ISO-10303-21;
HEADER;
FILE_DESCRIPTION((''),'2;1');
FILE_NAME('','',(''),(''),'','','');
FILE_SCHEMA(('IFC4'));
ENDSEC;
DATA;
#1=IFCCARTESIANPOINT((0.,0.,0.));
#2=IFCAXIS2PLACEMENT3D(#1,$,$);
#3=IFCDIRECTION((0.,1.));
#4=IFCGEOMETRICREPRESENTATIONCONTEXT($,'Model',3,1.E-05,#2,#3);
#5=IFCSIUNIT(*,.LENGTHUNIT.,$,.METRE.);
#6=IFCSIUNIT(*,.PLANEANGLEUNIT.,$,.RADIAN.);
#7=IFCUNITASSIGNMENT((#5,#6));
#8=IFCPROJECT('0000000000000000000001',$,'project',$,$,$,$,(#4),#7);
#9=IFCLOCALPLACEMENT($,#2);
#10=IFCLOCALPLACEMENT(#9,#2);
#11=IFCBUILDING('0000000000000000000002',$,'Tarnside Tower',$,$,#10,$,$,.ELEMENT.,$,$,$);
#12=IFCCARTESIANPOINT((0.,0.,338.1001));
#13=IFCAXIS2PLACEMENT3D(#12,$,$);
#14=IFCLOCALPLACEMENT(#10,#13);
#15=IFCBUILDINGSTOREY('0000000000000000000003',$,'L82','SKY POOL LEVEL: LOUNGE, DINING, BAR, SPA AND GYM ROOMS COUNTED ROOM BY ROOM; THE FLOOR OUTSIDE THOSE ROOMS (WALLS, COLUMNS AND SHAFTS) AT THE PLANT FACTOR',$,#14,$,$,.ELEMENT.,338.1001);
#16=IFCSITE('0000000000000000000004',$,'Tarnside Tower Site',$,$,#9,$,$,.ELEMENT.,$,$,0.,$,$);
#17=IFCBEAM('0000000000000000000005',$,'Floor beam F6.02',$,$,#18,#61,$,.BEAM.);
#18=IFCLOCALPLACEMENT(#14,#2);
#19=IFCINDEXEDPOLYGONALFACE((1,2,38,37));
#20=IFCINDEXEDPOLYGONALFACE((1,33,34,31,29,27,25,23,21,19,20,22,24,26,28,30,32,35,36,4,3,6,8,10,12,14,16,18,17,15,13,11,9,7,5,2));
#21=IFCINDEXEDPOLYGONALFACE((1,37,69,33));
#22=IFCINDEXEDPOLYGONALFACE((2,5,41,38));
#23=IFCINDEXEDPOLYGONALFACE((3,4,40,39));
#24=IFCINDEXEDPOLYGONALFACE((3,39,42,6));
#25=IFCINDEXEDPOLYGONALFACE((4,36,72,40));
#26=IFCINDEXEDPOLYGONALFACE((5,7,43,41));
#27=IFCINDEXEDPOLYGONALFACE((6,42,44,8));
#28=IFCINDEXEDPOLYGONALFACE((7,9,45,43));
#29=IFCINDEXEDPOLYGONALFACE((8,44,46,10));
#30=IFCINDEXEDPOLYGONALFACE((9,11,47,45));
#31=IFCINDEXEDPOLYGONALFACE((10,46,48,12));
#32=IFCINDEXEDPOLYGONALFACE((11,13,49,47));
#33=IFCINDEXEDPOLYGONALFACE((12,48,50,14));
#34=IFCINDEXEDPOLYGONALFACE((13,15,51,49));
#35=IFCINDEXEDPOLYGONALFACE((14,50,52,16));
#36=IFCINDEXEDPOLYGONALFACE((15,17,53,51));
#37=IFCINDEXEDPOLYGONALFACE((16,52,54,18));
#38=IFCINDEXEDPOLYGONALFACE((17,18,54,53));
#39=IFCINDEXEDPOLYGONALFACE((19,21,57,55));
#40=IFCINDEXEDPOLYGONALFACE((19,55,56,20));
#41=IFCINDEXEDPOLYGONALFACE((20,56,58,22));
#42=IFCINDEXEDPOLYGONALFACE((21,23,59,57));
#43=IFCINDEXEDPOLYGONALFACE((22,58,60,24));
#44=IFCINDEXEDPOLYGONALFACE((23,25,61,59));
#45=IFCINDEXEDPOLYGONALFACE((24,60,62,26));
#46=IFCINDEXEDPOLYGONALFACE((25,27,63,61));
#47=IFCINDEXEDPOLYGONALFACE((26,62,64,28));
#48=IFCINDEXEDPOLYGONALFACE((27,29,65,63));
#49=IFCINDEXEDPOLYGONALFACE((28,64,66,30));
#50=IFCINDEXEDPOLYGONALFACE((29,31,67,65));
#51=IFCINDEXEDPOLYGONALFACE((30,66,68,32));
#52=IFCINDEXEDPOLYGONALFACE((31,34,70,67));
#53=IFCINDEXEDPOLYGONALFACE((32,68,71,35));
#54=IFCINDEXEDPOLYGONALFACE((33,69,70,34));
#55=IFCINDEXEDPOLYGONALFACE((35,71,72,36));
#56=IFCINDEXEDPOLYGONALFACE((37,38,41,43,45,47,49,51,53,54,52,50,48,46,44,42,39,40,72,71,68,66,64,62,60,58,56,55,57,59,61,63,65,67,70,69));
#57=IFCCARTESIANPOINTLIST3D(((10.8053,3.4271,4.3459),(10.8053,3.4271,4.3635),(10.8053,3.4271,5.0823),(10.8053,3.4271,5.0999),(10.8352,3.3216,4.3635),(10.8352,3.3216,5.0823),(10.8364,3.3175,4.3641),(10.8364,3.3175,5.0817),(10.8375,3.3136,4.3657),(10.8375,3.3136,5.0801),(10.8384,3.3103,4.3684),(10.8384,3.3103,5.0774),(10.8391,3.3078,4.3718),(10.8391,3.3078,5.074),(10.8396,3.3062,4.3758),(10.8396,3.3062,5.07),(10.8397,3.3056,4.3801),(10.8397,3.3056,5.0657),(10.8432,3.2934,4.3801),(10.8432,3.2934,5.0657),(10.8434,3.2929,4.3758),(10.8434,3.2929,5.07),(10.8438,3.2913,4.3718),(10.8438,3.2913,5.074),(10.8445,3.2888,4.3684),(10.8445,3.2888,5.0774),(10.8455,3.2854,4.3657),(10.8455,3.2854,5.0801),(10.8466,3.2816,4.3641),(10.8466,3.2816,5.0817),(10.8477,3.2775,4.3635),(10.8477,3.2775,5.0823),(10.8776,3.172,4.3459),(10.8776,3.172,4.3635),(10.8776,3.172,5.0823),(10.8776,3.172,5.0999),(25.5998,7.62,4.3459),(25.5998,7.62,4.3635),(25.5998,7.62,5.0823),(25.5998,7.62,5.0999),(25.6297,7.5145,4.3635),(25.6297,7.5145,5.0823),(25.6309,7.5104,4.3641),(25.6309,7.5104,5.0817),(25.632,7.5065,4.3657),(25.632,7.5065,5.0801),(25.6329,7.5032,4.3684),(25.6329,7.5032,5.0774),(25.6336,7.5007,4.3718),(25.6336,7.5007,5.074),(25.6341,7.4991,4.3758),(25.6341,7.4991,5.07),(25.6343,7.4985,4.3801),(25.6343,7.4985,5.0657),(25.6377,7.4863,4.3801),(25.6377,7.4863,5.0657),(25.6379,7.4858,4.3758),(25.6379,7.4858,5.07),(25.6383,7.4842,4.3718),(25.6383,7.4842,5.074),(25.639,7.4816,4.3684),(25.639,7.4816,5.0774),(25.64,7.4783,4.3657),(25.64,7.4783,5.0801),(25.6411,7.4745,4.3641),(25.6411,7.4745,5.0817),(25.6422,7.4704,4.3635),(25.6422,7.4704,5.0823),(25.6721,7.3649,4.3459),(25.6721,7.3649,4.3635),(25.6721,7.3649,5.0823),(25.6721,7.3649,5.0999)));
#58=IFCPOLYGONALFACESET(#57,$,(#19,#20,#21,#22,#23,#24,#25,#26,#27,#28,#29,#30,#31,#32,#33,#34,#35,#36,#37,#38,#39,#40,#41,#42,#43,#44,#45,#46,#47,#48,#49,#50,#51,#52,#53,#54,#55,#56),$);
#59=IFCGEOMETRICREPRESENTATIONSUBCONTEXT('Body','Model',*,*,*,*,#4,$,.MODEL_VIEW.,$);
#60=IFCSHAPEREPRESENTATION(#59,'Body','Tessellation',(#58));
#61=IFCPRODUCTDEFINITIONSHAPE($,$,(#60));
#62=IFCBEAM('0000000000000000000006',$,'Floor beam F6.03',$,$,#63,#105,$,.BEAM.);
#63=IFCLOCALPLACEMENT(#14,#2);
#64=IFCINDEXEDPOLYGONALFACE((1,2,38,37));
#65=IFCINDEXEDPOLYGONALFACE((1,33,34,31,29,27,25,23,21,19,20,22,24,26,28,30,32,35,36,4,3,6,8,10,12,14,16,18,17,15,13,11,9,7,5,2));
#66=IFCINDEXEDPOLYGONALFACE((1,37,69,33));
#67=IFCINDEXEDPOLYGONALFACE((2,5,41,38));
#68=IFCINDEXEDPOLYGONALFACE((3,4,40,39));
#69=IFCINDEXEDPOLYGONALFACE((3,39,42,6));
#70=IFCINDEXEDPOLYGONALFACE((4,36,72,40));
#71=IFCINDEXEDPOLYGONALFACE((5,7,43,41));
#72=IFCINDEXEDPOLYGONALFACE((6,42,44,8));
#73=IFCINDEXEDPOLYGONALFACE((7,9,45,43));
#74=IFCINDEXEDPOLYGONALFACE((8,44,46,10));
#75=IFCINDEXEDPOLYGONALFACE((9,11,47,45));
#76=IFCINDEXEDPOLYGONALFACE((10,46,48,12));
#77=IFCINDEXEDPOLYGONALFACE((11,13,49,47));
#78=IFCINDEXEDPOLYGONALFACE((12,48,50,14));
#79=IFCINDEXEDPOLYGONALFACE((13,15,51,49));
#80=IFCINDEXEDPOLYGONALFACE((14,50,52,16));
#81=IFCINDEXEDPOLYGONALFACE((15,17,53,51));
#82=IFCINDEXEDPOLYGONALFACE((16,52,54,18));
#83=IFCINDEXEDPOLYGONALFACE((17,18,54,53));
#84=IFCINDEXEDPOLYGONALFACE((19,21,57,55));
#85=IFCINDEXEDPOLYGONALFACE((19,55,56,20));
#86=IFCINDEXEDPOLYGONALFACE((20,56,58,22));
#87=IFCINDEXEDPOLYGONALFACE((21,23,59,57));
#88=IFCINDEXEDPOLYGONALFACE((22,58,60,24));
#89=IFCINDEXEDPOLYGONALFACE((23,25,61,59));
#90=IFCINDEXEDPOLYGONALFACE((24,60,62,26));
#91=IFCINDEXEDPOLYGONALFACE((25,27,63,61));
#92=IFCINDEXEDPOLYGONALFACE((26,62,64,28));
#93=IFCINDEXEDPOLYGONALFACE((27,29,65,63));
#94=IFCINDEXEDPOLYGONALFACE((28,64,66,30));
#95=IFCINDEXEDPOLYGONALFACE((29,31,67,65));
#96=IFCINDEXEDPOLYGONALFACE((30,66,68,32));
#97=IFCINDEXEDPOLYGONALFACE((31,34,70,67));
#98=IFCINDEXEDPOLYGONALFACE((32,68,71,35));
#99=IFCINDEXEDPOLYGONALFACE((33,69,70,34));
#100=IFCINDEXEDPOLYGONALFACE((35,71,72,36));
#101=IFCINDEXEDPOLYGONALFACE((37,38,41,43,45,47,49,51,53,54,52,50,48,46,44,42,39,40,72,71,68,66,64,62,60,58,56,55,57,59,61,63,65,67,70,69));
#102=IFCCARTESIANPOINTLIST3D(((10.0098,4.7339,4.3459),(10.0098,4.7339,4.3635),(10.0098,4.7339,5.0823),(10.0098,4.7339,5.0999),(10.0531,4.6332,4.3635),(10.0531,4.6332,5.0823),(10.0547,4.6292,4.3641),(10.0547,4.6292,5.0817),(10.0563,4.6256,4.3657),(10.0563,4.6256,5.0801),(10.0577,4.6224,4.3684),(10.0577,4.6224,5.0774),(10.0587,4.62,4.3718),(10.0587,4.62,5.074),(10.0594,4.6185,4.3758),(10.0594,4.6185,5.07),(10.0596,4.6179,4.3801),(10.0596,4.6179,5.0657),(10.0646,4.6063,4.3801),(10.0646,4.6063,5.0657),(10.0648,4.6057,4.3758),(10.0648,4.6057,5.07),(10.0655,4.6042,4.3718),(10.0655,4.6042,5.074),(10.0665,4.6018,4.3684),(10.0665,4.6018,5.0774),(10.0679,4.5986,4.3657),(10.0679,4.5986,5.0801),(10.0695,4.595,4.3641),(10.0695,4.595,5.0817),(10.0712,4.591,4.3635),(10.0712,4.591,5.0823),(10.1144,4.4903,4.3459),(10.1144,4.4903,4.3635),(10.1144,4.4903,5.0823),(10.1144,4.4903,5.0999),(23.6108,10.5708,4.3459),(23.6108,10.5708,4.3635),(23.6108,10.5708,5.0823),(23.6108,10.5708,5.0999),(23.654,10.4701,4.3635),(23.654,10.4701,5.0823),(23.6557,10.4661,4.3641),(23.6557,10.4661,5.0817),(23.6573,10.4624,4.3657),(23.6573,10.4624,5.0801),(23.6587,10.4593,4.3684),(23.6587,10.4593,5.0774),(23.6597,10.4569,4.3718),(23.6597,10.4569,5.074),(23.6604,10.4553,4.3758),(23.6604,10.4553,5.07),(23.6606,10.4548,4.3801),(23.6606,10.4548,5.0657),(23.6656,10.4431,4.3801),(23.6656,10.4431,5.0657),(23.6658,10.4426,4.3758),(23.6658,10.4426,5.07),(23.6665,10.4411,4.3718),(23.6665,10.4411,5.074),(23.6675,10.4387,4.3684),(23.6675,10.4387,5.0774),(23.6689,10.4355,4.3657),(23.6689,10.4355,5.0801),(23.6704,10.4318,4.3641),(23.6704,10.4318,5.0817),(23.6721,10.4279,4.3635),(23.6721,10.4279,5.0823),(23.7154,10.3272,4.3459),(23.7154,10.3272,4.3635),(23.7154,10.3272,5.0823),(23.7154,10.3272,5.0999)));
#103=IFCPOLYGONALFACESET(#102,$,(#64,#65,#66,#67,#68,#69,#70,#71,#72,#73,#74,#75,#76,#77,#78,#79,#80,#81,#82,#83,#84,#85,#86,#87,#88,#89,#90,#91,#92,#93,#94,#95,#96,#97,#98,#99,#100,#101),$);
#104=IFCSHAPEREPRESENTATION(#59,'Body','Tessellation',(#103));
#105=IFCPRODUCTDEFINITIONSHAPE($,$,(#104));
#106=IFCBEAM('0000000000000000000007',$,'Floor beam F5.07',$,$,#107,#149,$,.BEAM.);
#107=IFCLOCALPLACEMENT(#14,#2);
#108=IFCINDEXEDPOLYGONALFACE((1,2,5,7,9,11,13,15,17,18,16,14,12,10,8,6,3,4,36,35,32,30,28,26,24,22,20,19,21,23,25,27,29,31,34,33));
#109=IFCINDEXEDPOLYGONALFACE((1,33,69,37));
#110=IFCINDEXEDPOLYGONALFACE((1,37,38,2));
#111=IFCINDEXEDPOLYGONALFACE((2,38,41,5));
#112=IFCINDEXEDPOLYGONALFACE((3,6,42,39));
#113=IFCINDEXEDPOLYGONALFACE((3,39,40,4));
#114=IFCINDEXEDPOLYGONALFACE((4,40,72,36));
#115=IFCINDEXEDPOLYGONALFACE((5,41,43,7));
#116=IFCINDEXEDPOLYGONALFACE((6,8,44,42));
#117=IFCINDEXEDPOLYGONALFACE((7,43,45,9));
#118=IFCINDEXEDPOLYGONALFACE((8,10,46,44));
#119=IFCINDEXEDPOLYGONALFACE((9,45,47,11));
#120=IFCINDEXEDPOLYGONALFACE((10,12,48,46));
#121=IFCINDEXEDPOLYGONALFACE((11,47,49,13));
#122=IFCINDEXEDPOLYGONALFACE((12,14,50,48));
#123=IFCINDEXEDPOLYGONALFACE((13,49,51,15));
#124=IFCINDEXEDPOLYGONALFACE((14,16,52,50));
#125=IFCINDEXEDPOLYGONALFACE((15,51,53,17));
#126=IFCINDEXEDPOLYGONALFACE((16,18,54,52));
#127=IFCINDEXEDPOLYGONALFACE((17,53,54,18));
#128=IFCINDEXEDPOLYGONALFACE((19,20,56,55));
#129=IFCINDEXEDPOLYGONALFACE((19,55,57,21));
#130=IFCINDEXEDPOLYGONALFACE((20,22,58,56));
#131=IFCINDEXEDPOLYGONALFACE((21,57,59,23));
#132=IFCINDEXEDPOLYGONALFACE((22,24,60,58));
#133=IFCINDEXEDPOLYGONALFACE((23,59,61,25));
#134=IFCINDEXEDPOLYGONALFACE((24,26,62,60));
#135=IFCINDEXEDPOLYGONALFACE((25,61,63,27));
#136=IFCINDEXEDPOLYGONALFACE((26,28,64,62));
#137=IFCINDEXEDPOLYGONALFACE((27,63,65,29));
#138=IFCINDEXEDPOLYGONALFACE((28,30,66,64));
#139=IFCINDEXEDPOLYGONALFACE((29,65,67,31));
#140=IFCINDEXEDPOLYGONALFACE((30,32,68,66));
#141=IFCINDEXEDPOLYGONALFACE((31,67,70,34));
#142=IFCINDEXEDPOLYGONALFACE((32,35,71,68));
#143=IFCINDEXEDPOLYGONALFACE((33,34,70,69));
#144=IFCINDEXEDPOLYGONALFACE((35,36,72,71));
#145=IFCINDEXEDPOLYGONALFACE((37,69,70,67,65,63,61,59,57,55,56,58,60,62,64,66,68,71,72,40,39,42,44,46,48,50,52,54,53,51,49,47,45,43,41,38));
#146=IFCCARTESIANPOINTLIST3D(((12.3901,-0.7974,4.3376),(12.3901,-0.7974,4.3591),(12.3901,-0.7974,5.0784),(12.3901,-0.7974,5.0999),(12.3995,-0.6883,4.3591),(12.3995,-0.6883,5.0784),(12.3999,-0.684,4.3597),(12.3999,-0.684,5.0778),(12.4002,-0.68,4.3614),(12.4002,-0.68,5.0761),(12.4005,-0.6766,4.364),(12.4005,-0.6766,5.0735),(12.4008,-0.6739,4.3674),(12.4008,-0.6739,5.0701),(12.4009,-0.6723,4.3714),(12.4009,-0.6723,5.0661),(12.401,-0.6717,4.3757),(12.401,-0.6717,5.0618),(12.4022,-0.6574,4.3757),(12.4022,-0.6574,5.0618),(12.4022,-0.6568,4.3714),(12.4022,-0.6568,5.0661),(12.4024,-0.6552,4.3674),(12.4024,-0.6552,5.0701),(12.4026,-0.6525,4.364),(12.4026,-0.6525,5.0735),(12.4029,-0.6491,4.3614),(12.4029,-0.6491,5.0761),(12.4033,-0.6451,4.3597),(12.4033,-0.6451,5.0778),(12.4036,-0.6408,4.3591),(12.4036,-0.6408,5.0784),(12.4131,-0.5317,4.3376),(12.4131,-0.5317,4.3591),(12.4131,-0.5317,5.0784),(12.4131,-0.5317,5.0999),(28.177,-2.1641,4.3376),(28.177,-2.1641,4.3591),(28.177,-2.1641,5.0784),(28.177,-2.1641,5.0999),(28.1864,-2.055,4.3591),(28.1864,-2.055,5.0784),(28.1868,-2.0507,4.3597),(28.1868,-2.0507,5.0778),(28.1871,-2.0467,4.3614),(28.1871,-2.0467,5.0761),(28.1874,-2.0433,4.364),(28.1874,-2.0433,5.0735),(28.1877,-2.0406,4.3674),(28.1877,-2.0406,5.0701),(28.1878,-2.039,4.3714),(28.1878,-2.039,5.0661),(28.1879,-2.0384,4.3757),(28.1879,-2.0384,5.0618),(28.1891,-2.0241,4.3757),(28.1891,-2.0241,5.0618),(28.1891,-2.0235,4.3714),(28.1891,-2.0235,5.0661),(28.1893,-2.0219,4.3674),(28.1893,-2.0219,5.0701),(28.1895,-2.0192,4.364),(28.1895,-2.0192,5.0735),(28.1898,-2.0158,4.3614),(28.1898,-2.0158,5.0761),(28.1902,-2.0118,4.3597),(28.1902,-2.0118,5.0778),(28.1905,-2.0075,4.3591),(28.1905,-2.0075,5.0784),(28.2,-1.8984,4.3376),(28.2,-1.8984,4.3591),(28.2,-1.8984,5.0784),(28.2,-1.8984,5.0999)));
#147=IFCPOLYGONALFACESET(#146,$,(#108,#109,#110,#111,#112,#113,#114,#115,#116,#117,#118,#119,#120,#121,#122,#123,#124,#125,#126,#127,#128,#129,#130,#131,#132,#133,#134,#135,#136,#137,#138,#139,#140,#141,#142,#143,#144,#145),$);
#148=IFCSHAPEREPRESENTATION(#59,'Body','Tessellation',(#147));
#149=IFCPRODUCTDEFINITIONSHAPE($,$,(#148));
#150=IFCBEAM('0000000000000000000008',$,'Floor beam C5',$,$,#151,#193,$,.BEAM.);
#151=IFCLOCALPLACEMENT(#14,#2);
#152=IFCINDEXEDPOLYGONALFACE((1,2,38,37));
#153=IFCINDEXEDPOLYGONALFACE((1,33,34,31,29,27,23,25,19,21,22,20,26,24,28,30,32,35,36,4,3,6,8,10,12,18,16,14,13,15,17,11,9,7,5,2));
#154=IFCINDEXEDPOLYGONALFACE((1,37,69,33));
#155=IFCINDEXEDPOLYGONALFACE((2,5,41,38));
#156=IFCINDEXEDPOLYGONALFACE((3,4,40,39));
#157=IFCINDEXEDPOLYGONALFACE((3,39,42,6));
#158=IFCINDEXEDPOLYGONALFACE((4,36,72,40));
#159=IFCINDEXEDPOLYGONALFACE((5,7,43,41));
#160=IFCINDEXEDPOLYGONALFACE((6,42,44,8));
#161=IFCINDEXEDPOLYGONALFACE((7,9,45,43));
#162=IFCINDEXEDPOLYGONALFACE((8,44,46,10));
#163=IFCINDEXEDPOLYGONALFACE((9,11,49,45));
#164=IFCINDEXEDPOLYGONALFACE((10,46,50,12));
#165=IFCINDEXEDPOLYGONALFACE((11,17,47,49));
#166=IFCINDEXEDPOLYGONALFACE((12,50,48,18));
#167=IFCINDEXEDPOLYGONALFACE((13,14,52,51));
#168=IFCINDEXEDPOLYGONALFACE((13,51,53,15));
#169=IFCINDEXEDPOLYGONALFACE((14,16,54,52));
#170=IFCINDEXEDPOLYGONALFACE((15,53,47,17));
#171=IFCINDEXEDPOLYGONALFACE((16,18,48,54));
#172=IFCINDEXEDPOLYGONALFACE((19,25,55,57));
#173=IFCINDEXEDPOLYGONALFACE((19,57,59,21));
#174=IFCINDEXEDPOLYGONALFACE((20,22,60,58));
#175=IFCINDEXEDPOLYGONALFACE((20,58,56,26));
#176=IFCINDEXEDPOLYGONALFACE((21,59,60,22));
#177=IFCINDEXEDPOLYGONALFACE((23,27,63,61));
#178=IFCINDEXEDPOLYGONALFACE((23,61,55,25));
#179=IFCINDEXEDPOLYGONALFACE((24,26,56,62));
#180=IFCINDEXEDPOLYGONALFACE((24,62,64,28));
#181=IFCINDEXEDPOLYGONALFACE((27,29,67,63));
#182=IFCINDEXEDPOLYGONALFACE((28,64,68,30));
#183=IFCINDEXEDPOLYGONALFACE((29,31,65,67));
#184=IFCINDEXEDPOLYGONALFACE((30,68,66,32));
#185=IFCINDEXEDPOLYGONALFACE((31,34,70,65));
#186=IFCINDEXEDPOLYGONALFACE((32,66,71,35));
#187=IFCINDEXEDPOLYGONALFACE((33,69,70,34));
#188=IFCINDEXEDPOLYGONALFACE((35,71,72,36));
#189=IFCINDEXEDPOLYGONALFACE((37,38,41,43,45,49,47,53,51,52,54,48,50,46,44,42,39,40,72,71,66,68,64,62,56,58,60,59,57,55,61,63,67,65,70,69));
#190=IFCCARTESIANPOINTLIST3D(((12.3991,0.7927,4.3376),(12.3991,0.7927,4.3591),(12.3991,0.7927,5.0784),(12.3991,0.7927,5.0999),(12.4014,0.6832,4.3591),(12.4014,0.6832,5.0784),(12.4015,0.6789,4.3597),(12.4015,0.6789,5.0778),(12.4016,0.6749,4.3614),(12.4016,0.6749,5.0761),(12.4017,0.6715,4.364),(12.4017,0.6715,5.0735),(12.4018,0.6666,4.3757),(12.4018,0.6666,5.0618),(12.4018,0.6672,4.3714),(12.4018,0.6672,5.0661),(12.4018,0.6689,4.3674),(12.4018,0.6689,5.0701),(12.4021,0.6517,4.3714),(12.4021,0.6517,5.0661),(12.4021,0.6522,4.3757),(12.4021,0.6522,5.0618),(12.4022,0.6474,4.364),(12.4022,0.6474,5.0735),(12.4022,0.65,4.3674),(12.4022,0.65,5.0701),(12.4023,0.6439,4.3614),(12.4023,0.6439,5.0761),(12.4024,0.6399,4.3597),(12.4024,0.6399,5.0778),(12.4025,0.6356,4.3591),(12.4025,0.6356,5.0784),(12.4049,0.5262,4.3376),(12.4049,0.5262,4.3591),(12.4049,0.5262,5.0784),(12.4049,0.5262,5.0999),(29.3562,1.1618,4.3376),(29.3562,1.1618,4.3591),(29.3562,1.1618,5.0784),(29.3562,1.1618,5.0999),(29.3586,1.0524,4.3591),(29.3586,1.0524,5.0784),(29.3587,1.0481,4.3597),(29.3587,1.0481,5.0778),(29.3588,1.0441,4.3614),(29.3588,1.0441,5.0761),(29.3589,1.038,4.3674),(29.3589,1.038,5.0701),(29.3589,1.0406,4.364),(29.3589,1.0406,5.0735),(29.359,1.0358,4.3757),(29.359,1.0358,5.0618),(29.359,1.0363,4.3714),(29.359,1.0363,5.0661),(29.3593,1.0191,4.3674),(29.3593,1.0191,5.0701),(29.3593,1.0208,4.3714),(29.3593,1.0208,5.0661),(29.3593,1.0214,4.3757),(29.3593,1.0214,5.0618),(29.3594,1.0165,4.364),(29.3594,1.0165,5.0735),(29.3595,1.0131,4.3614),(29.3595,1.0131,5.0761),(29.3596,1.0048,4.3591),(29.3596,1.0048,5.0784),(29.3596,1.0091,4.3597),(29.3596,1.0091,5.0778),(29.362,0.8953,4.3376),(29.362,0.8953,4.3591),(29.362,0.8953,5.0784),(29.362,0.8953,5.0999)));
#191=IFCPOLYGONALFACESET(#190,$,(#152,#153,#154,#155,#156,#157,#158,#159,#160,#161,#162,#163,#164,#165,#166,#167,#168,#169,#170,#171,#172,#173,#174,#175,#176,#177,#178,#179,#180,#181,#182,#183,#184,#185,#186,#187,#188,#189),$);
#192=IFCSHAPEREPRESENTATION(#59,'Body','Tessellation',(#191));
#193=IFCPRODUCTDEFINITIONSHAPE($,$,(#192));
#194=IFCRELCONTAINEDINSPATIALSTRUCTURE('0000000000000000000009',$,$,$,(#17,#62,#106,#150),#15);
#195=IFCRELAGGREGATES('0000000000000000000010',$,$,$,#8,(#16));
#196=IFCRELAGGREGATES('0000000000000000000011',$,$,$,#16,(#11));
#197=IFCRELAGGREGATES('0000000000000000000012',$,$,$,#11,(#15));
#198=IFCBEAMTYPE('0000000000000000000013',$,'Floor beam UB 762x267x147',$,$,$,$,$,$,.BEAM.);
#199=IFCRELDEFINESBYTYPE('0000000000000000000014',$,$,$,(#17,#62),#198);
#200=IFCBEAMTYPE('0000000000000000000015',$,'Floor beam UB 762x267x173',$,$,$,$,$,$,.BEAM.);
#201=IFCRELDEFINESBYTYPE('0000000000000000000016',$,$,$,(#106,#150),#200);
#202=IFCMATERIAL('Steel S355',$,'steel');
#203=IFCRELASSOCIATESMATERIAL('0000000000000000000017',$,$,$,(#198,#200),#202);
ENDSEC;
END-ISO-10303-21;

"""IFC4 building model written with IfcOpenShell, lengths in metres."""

from ifc_helpers import new_model, si_unit, direction, frame, origin, origin_2d, place, context, subcontext, project, spatial, i_section, extrude, material, material_profile, profile_set, type_object, element, save


model = new_model("IFC4")

# Units and contexts
model_context = context("Model", 3, precision=1e-05, world=origin(), true_north=direction((0.0, 1.0)))
body_context = subcontext(model_context, "Body", "Model", "MODEL_VIEW")
ifc_project = project(units=[si_unit("LENGTHUNIT", "METRE"), si_unit("PLANEANGLEUNIT", "RADIAN")], contexts=[model_context])

# Site, building, storey
site_placement = place(None, origin())
site = spatial("IfcSite", under=ifc_project, at=site_placement, Name="Tarnside Tower Site", CompositionType="ELEMENT", RefElevation=0.0)
building_placement = place(site_placement, origin())
building = spatial("IfcBuilding", under=site, at=building_placement, Name="Tarnside Tower", CompositionType="ELEMENT")
storey_placement = place(building_placement, frame((0.0, 0.0, 338.1001)))
storey = spatial("IfcBuildingStorey", under=building, at=storey_placement, Name="L82", Description="SKY POOL LEVEL: LOUNGE, DINING, BAR, SPA AND GYM ROOMS COUNTED ROOM BY ROOM; THE FLOOR OUTSIDE THOSE ROOMS (WALLS, COLUMNS AND SHAFTS) AT THE PLANT FACTOR", CompositionType="ELEMENT", Elevation=338.1001)

# Beams
ifc_material_1 = material(Name="Steel S355", Category="steel")
ifc_material_profile_1 = material_profile(ifc_material_1, i_section(OverallWidth=0.2651, OverallDepth=0.7539, WebThickness=0.0127, FlangeThickness=0.0176, FilletRadius=0.0166, at=origin_2d()), Name="UB 762x267x147")
ifc_profile_set_1 = profile_set([ifc_material_profile_1], Name="Steel S355")
beam_type_1 = type_object("IfcBeamType", Name="Floor beam UB 762x267x147", PredefinedType="BEAM", material=ifc_profile_set_1)
beam_1_placement = place(storey_placement, frame((25.636, 7.4924, 4.7229), z_axis=(-0.962108, -0.27267, 0.0), x_axis=(0.27267, -0.962108, 0.0)))
element("IfcBeam", 1, at=beam_1_placement, inside=storey, type_object=beam_type_1, Name="Floor beam F6.02", PredefinedType="BEAM", context=body_context, shape_type="SweptSolid", body=[
    extrude(i_section(OverallWidth=0.2651, OverallDepth=0.7539, WebThickness=0.0127, FlangeThickness=0.0176, FilletRadius=0.0166, at=origin_2d()), origin(), (0.0, 0.0, 1.0), 15.3772),
])
beam_2_placement = place(storey_placement, frame((23.6631, 10.449, 4.7229), z_axis=(-0.918952, -0.394369, 0.0), x_axis=(0.394369, -0.918952, 0.0)))
element("IfcBeam", 2, at=beam_2_placement, inside=storey, type_object=beam_type_1, Name="Floor beam F6.03", PredefinedType="BEAM", context=body_context, shape_type="SweptSolid", body=[
    extrude(i_section(OverallWidth=0.2651, OverallDepth=0.7539, WebThickness=0.0127, FlangeThickness=0.0176, FilletRadius=0.0166, at=origin_2d()), origin(), (0.0, 0.0, 1.0), 14.8005),
])
ifc_material_profile_2 = material_profile(ifc_material_1, i_section(OverallWidth=0.2666, OverallDepth=0.7622, WebThickness=0.0144, FlangeThickness=0.0215, FilletRadius=0.0166, at=origin_2d()), Name="UB 762x267x173")
ifc_profile_set_2 = profile_set([ifc_material_profile_2], Name="Steel S355")
beam_type_2 = type_object("IfcBeamType", Name="Floor beam UB 762x267x173", PredefinedType="BEAM", material=ifc_profile_set_2)
beam_3_placement = place(storey_placement, frame((28.1885, -2.0312, 4.7188), z_axis=(-0.996274, 0.086249, 0.0), x_axis=(-0.086249, -0.996274, 0.0)))
element("IfcBeam", 3, at=beam_3_placement, inside=storey, type_object=beam_type_2, Name="Floor beam F5.07", PredefinedType="BEAM", context=body_context, shape_type="SweptSolid", body=[
    extrude(i_section(OverallWidth=0.2666, OverallDepth=0.7622, WebThickness=0.0144, FlangeThickness=0.0215, FilletRadius=0.0166, at=origin_2d()), origin(), (0.0, 0.0, 1.0), 15.8459),
])
beam_4_placement = place(storey_placement, frame((29.3591, 1.0286, 4.7188), z_axis=(-0.999763, -0.021764, 0.0), x_axis=(0.021764, -0.999763, 0.0)))
element("IfcBeam", 4, at=beam_4_placement, inside=storey, type_object=beam_type_2, Name="Floor beam C5", PredefinedType="BEAM", context=body_context, shape_type="SweptSolid", body=[
    extrude(i_section(OverallWidth=0.2666, OverallDepth=0.7622, WebThickness=0.0144, FlangeThickness=0.0215, FilletRadius=0.0166, at=origin_2d()), origin(), (0.0, 0.0, 1.0), 16.9612),
])

save(model, "model.ifc")
